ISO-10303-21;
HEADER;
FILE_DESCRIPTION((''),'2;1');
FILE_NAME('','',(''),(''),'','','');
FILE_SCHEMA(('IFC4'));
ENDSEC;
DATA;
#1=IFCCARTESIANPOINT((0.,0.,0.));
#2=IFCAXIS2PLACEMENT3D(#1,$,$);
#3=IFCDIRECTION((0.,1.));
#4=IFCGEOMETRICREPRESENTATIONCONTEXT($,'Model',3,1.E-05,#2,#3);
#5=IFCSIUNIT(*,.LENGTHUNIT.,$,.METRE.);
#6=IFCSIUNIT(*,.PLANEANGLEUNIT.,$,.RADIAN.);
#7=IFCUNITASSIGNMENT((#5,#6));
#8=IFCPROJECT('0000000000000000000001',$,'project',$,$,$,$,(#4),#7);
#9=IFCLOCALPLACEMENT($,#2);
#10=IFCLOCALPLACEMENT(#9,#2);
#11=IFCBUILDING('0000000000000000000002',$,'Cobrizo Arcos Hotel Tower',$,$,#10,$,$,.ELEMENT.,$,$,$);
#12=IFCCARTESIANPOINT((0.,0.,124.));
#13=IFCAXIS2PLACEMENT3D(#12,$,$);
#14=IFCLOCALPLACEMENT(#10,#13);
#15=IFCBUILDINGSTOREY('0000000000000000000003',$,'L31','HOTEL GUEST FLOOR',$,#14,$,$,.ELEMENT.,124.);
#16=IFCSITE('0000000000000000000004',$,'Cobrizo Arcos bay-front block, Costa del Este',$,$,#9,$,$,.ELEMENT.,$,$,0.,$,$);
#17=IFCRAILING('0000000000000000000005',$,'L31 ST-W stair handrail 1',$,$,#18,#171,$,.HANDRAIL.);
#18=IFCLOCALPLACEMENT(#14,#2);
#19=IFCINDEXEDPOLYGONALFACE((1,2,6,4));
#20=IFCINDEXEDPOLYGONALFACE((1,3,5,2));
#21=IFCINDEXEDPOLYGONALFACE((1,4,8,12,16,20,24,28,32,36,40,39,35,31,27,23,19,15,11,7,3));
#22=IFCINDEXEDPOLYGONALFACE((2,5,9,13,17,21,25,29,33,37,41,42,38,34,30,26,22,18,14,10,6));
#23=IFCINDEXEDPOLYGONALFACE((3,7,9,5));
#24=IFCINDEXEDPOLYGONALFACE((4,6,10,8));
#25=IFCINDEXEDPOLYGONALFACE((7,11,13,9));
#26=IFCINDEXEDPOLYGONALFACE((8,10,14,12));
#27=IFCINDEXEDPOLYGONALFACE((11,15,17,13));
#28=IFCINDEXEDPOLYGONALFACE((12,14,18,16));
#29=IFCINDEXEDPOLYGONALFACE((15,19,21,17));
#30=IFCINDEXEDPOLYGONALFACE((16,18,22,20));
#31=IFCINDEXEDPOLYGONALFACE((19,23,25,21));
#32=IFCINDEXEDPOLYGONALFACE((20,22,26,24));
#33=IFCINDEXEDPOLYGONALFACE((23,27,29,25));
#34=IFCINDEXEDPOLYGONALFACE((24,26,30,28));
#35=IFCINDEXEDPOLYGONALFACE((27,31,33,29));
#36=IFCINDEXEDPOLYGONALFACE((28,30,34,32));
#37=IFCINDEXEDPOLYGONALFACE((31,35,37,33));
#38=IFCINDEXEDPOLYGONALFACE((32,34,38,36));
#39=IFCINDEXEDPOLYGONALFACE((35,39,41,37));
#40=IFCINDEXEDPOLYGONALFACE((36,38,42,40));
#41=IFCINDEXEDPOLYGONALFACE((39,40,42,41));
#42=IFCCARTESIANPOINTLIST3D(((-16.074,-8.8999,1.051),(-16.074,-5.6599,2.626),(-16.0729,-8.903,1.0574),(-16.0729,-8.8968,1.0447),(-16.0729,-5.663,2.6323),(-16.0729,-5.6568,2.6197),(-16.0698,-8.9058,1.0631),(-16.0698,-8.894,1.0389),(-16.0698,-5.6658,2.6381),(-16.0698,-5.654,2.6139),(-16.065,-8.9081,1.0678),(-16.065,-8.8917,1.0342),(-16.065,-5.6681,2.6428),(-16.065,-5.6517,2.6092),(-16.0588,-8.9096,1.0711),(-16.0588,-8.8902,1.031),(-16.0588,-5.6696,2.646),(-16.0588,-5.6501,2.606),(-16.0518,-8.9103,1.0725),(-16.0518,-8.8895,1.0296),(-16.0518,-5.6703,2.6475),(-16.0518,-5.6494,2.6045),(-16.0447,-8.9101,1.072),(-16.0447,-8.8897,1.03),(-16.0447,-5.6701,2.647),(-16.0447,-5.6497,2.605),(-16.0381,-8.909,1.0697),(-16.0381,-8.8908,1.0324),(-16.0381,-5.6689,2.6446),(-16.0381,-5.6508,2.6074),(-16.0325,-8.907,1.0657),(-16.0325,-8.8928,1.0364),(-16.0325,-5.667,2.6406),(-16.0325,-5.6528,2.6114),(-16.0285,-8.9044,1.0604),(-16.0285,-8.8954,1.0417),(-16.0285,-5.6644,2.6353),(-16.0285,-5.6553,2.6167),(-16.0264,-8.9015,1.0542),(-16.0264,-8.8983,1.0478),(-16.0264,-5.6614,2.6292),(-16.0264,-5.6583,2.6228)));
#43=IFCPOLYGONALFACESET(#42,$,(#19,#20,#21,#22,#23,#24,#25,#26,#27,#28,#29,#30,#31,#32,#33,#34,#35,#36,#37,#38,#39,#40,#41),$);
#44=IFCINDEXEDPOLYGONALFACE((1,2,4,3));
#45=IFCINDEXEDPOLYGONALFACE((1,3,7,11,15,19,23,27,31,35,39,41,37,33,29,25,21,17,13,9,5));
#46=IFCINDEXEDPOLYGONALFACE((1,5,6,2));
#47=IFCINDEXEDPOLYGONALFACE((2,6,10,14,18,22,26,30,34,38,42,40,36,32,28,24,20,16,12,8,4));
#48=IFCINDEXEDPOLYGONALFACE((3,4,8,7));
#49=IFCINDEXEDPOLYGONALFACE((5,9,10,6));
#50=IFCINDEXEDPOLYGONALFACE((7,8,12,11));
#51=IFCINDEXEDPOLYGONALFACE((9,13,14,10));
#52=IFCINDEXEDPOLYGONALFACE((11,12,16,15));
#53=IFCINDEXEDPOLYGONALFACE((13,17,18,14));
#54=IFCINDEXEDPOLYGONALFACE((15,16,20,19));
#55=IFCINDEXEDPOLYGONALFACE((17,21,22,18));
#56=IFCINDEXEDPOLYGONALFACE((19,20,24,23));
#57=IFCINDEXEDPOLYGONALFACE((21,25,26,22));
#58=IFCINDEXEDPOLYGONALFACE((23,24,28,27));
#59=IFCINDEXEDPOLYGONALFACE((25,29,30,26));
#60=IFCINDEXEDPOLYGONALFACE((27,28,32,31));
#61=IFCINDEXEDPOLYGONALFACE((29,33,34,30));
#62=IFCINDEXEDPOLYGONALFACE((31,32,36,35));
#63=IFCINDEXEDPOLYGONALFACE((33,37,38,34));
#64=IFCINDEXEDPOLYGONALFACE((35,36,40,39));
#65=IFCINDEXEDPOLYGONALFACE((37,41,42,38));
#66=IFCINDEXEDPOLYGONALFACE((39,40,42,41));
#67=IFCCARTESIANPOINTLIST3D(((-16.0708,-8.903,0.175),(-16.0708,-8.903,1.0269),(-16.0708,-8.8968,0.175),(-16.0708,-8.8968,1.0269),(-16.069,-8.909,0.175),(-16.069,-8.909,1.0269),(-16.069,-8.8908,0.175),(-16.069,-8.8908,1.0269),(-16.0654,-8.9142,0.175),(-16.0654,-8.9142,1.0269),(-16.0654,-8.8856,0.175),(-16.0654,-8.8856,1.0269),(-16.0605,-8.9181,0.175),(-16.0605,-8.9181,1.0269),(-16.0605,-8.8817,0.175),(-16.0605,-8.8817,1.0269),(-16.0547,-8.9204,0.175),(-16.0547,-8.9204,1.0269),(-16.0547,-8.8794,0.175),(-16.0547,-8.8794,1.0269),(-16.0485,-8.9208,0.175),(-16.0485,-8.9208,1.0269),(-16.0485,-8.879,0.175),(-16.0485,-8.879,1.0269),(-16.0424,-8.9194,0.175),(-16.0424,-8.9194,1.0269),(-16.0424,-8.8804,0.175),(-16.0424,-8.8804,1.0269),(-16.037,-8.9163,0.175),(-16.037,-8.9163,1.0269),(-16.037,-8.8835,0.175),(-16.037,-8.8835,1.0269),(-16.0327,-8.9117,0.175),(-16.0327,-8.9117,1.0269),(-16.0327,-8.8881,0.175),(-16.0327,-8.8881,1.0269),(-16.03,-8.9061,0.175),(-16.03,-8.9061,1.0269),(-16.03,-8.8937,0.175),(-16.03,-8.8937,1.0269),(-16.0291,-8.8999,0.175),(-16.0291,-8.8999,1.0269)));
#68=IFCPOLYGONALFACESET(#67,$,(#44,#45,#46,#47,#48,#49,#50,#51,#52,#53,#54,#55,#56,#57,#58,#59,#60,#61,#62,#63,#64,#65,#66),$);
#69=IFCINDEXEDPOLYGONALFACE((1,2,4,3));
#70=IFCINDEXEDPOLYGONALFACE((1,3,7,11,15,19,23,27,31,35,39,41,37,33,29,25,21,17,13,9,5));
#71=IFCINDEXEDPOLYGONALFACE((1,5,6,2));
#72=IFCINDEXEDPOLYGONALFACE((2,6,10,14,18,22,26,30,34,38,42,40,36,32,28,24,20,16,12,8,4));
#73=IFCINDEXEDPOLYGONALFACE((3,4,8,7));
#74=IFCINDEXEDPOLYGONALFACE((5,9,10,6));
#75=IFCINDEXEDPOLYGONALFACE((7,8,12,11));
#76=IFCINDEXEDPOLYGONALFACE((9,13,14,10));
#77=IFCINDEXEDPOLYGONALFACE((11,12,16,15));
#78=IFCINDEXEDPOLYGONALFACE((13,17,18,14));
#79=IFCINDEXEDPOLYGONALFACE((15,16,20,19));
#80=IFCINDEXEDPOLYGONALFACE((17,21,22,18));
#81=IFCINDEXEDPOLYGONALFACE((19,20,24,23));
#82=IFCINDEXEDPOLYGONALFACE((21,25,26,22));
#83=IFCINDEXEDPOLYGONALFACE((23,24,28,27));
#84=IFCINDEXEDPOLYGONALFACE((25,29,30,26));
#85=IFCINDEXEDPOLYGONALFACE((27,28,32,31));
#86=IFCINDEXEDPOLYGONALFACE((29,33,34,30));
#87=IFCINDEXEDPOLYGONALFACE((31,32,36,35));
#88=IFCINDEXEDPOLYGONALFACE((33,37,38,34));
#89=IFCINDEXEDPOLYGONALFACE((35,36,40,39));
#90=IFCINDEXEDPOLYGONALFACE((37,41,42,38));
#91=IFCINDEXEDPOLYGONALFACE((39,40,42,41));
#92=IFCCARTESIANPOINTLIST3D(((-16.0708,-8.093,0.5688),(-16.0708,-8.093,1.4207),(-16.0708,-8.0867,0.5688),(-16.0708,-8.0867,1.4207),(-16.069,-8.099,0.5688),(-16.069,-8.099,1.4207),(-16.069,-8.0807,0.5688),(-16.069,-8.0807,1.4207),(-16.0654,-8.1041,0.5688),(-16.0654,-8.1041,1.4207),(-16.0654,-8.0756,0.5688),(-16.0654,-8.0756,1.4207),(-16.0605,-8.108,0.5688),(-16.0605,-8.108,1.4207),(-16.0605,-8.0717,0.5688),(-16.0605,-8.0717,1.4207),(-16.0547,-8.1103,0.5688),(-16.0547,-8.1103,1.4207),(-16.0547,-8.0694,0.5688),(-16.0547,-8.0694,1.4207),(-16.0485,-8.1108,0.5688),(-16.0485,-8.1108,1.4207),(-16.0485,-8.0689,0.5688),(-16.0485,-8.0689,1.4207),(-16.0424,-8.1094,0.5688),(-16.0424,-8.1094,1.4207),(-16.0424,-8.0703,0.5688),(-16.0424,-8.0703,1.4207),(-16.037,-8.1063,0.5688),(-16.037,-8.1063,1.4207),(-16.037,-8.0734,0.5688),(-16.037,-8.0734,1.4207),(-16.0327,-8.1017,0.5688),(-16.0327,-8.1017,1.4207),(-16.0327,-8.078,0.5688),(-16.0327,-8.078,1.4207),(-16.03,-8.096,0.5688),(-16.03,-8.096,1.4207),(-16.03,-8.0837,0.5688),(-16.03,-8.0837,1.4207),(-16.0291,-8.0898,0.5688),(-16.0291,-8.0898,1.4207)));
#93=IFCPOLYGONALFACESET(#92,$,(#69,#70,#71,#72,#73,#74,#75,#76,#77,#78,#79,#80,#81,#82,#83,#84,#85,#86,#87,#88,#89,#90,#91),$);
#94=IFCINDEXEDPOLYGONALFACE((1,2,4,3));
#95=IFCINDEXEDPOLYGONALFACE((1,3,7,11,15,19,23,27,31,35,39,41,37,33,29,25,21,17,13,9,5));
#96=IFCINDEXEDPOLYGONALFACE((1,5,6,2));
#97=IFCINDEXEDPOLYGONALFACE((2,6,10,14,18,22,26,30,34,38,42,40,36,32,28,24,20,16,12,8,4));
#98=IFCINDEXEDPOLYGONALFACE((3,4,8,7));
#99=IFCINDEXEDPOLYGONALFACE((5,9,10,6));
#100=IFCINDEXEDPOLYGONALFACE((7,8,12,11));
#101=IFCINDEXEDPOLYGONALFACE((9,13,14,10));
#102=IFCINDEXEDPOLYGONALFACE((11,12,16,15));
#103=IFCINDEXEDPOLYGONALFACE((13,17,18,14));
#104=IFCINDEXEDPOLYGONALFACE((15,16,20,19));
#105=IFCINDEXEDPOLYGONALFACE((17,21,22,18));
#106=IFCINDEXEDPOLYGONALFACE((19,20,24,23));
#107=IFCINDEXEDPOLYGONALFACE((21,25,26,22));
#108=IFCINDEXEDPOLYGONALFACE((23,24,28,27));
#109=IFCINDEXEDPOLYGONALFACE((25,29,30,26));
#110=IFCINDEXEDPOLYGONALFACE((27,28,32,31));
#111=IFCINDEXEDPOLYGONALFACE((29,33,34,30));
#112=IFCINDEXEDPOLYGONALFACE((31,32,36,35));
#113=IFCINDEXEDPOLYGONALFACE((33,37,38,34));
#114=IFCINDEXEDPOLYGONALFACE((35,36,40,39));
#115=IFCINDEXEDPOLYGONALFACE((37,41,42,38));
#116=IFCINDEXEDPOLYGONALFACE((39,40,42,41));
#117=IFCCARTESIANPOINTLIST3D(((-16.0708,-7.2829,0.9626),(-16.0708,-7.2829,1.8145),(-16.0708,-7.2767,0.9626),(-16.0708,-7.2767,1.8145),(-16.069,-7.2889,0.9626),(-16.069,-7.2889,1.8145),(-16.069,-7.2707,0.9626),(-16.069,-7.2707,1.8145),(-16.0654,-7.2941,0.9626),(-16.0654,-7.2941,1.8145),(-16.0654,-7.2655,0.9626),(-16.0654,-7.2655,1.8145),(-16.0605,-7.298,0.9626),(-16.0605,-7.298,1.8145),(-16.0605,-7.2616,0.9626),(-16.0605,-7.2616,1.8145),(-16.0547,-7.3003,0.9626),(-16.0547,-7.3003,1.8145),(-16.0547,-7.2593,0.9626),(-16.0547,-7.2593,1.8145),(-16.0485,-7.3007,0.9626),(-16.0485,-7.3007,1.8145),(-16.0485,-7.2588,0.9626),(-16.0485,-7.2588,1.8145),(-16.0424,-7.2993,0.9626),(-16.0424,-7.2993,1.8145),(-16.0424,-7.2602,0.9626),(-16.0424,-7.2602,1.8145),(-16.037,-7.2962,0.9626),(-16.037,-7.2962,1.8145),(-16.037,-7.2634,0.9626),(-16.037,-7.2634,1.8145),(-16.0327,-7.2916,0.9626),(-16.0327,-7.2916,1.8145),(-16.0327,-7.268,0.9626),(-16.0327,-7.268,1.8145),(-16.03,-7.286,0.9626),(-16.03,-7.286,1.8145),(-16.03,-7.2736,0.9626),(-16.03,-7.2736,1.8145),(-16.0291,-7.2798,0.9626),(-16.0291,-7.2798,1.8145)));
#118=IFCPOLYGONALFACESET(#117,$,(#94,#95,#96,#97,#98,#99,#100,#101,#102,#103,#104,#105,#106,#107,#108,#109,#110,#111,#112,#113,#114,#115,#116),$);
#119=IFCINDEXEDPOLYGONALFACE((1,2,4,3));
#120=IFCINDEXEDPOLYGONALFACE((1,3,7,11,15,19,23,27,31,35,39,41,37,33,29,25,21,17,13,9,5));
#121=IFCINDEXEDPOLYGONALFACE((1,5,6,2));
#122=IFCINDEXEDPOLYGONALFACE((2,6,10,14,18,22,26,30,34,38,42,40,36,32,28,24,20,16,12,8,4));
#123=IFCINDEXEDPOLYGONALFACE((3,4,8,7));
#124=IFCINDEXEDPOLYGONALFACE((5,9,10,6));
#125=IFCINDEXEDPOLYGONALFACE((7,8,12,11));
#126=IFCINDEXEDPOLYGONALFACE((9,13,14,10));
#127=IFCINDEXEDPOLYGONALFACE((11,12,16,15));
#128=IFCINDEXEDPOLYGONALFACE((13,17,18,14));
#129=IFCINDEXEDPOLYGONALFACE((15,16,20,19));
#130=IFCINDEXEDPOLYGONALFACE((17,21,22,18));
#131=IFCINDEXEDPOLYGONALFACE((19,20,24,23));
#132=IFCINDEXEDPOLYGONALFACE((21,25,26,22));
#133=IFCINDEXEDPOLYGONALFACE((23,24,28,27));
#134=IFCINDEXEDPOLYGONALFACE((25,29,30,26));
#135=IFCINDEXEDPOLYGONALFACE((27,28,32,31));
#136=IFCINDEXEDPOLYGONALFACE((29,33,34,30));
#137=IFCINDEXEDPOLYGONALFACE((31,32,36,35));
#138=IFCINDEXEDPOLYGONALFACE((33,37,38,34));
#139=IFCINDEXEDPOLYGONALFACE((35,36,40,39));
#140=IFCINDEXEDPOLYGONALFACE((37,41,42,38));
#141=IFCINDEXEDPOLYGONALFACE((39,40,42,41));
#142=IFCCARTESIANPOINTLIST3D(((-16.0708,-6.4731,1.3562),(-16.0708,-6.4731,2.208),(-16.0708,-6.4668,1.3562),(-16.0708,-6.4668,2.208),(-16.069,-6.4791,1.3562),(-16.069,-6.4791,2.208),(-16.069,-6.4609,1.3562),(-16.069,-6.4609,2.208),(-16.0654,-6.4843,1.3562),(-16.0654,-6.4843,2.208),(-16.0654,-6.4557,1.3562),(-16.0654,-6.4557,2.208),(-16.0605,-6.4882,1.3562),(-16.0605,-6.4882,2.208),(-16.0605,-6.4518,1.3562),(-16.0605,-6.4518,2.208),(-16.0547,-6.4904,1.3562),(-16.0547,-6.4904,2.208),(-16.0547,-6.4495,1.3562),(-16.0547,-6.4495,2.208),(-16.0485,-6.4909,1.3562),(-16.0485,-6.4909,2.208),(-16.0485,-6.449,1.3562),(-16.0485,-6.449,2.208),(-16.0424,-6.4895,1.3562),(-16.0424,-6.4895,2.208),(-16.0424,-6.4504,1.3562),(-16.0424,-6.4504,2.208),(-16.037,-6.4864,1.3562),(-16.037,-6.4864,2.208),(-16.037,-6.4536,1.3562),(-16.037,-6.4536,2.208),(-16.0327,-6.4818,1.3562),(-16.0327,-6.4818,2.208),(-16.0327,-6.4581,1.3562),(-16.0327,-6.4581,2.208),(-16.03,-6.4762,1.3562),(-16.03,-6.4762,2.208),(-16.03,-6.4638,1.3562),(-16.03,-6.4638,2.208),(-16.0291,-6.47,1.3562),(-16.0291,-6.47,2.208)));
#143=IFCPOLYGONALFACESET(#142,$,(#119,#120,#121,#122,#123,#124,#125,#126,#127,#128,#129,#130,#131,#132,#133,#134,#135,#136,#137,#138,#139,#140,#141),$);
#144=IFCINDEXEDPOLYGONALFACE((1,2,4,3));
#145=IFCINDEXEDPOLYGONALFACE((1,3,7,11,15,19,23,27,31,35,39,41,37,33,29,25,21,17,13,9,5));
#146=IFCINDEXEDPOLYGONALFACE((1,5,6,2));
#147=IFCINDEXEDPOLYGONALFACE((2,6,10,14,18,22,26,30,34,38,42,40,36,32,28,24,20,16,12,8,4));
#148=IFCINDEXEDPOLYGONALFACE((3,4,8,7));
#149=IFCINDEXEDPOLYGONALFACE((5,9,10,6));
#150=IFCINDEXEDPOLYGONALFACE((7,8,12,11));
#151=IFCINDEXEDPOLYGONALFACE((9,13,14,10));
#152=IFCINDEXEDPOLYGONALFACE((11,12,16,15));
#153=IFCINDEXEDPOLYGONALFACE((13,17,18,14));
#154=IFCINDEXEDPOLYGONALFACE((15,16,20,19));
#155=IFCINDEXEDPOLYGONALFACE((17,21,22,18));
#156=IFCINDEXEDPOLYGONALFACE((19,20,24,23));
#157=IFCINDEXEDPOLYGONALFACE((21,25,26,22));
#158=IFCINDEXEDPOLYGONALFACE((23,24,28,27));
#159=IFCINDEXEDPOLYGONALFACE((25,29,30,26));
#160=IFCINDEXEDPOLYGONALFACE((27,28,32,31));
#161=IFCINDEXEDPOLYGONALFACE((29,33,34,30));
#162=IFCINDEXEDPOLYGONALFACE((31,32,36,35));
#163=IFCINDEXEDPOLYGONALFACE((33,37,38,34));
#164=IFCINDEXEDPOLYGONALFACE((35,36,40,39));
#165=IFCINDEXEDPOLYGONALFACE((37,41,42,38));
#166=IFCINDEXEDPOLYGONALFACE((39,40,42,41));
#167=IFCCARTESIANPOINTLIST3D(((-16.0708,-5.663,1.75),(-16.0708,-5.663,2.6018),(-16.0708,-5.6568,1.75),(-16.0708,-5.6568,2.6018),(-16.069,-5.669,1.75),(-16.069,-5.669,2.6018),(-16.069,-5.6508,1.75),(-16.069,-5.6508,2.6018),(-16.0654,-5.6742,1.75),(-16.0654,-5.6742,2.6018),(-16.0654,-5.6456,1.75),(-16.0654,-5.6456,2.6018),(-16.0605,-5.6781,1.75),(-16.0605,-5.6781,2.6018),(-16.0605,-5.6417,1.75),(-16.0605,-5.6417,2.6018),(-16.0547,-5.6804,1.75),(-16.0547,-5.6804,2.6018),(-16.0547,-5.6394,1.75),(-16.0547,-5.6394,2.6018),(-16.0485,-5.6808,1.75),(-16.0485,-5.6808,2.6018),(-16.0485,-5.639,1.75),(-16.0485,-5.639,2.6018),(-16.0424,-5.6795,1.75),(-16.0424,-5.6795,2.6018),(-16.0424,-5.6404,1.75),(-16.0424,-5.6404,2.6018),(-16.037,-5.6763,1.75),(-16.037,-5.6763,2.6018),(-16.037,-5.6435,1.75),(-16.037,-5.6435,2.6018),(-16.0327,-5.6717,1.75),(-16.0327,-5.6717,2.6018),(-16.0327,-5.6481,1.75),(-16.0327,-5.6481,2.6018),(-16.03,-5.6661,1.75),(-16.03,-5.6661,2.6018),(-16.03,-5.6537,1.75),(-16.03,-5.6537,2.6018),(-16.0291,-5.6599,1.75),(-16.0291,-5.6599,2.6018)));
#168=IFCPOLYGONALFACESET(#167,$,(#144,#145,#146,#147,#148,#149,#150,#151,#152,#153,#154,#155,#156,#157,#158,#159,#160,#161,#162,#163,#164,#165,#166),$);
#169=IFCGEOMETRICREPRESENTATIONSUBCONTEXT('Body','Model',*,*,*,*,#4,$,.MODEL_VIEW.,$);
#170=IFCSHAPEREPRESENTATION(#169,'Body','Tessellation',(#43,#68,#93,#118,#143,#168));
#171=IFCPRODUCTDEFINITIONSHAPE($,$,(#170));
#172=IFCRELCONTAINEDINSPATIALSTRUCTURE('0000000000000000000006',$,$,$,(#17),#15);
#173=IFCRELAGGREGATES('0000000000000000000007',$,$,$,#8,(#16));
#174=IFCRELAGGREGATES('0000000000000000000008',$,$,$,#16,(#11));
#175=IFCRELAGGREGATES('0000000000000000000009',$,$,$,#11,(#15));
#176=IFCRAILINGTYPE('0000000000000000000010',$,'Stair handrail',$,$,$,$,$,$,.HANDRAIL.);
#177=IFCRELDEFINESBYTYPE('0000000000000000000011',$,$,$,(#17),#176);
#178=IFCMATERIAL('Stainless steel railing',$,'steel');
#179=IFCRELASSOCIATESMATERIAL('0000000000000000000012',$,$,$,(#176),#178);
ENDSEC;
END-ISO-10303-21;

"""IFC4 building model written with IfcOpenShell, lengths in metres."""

from ifc_helpers import new_model, si_unit, direction, frame, origin, origin_2d, place, context, subcontext, project, spatial, circle, extrude, material, type_object, element, save


model = new_model("IFC4")

# Units and contexts
model_context = context("Model", 3, precision=1e-05, world=origin(), true_north=direction((0.0, 1.0)))
body_context = subcontext(model_context, "Body", "Model", "MODEL_VIEW")
ifc_project = project(units=[si_unit("LENGTHUNIT", "METRE"), si_unit("PLANEANGLEUNIT", "RADIAN")], contexts=[model_context])

# Site, building, storey
site_placement = place(None, origin())
site = spatial("IfcSite", under=ifc_project, at=site_placement, Name="Cobrizo Arcos bay-front block, Costa del Este", CompositionType="ELEMENT", RefElevation=0.0)
building_placement = place(site_placement, origin())
building = spatial("IfcBuilding", under=site, at=building_placement, Name="Cobrizo Arcos Hotel Tower", CompositionType="ELEMENT")
storey_placement = place(building_placement, frame((0.0, 0.0, 124.0)))
storey = spatial("IfcBuildingStorey", under=building, at=storey_placement, Name="L31", Description="HOTEL GUEST FLOOR", CompositionType="ELEMENT", Elevation=124.0)

# Railing
ifc_material_1 = material(Name="Stainless steel railing", Category="steel")
railing_type_1 = type_object("IfcRailingType", Name="Stair handrail", PredefinedType="HANDRAIL", material=ifc_material_1)
railing_1_placement = place(storey_placement, frame((-16.05, -8.8999, 0.175)))
element("IfcRailing", 1, at=railing_1_placement, inside=storey, type_object=railing_type_1, Name="L31 ST-W stair handrail 1", PredefinedType="HANDRAIL", context=body_context, shape_type="SweptSolid", body=[
    extrude(circle(Radius=0.0239, at=origin_2d()), frame((0.0, 0.0, 0.876), z_axis=(0.0, 0.899373, 0.437183), x_axis=(-1.0, 0.0, 0.0)), (0.0, 0.0, 1.0), 3.6025),
    extrude(circle(Radius=0.021, at=origin_2d()), origin(), (0.0, 0.0, 1.0), 0.8518),
    extrude(circle(Radius=0.021, at=origin_2d()), frame((0.0, 0.8101, 0.3938)), (0.0, 0.0, 1.0), 0.8518),
    extrude(circle(Radius=0.021, at=origin_2d()), frame((0.0, 1.6201, 0.7876)), (0.0, 0.0, 1.0), 0.8518),
    extrude(circle(Radius=0.021, at=origin_2d()), frame((0.0, 2.4299, 1.1812)), (0.0, 0.0, 1.0), 0.8518),
    extrude(circle(Radius=0.021, at=origin_2d()), frame((0.0, 3.24, 1.575)), (0.0, 0.0, 1.0), 0.8518),
])

save(model, "model.ifc")
